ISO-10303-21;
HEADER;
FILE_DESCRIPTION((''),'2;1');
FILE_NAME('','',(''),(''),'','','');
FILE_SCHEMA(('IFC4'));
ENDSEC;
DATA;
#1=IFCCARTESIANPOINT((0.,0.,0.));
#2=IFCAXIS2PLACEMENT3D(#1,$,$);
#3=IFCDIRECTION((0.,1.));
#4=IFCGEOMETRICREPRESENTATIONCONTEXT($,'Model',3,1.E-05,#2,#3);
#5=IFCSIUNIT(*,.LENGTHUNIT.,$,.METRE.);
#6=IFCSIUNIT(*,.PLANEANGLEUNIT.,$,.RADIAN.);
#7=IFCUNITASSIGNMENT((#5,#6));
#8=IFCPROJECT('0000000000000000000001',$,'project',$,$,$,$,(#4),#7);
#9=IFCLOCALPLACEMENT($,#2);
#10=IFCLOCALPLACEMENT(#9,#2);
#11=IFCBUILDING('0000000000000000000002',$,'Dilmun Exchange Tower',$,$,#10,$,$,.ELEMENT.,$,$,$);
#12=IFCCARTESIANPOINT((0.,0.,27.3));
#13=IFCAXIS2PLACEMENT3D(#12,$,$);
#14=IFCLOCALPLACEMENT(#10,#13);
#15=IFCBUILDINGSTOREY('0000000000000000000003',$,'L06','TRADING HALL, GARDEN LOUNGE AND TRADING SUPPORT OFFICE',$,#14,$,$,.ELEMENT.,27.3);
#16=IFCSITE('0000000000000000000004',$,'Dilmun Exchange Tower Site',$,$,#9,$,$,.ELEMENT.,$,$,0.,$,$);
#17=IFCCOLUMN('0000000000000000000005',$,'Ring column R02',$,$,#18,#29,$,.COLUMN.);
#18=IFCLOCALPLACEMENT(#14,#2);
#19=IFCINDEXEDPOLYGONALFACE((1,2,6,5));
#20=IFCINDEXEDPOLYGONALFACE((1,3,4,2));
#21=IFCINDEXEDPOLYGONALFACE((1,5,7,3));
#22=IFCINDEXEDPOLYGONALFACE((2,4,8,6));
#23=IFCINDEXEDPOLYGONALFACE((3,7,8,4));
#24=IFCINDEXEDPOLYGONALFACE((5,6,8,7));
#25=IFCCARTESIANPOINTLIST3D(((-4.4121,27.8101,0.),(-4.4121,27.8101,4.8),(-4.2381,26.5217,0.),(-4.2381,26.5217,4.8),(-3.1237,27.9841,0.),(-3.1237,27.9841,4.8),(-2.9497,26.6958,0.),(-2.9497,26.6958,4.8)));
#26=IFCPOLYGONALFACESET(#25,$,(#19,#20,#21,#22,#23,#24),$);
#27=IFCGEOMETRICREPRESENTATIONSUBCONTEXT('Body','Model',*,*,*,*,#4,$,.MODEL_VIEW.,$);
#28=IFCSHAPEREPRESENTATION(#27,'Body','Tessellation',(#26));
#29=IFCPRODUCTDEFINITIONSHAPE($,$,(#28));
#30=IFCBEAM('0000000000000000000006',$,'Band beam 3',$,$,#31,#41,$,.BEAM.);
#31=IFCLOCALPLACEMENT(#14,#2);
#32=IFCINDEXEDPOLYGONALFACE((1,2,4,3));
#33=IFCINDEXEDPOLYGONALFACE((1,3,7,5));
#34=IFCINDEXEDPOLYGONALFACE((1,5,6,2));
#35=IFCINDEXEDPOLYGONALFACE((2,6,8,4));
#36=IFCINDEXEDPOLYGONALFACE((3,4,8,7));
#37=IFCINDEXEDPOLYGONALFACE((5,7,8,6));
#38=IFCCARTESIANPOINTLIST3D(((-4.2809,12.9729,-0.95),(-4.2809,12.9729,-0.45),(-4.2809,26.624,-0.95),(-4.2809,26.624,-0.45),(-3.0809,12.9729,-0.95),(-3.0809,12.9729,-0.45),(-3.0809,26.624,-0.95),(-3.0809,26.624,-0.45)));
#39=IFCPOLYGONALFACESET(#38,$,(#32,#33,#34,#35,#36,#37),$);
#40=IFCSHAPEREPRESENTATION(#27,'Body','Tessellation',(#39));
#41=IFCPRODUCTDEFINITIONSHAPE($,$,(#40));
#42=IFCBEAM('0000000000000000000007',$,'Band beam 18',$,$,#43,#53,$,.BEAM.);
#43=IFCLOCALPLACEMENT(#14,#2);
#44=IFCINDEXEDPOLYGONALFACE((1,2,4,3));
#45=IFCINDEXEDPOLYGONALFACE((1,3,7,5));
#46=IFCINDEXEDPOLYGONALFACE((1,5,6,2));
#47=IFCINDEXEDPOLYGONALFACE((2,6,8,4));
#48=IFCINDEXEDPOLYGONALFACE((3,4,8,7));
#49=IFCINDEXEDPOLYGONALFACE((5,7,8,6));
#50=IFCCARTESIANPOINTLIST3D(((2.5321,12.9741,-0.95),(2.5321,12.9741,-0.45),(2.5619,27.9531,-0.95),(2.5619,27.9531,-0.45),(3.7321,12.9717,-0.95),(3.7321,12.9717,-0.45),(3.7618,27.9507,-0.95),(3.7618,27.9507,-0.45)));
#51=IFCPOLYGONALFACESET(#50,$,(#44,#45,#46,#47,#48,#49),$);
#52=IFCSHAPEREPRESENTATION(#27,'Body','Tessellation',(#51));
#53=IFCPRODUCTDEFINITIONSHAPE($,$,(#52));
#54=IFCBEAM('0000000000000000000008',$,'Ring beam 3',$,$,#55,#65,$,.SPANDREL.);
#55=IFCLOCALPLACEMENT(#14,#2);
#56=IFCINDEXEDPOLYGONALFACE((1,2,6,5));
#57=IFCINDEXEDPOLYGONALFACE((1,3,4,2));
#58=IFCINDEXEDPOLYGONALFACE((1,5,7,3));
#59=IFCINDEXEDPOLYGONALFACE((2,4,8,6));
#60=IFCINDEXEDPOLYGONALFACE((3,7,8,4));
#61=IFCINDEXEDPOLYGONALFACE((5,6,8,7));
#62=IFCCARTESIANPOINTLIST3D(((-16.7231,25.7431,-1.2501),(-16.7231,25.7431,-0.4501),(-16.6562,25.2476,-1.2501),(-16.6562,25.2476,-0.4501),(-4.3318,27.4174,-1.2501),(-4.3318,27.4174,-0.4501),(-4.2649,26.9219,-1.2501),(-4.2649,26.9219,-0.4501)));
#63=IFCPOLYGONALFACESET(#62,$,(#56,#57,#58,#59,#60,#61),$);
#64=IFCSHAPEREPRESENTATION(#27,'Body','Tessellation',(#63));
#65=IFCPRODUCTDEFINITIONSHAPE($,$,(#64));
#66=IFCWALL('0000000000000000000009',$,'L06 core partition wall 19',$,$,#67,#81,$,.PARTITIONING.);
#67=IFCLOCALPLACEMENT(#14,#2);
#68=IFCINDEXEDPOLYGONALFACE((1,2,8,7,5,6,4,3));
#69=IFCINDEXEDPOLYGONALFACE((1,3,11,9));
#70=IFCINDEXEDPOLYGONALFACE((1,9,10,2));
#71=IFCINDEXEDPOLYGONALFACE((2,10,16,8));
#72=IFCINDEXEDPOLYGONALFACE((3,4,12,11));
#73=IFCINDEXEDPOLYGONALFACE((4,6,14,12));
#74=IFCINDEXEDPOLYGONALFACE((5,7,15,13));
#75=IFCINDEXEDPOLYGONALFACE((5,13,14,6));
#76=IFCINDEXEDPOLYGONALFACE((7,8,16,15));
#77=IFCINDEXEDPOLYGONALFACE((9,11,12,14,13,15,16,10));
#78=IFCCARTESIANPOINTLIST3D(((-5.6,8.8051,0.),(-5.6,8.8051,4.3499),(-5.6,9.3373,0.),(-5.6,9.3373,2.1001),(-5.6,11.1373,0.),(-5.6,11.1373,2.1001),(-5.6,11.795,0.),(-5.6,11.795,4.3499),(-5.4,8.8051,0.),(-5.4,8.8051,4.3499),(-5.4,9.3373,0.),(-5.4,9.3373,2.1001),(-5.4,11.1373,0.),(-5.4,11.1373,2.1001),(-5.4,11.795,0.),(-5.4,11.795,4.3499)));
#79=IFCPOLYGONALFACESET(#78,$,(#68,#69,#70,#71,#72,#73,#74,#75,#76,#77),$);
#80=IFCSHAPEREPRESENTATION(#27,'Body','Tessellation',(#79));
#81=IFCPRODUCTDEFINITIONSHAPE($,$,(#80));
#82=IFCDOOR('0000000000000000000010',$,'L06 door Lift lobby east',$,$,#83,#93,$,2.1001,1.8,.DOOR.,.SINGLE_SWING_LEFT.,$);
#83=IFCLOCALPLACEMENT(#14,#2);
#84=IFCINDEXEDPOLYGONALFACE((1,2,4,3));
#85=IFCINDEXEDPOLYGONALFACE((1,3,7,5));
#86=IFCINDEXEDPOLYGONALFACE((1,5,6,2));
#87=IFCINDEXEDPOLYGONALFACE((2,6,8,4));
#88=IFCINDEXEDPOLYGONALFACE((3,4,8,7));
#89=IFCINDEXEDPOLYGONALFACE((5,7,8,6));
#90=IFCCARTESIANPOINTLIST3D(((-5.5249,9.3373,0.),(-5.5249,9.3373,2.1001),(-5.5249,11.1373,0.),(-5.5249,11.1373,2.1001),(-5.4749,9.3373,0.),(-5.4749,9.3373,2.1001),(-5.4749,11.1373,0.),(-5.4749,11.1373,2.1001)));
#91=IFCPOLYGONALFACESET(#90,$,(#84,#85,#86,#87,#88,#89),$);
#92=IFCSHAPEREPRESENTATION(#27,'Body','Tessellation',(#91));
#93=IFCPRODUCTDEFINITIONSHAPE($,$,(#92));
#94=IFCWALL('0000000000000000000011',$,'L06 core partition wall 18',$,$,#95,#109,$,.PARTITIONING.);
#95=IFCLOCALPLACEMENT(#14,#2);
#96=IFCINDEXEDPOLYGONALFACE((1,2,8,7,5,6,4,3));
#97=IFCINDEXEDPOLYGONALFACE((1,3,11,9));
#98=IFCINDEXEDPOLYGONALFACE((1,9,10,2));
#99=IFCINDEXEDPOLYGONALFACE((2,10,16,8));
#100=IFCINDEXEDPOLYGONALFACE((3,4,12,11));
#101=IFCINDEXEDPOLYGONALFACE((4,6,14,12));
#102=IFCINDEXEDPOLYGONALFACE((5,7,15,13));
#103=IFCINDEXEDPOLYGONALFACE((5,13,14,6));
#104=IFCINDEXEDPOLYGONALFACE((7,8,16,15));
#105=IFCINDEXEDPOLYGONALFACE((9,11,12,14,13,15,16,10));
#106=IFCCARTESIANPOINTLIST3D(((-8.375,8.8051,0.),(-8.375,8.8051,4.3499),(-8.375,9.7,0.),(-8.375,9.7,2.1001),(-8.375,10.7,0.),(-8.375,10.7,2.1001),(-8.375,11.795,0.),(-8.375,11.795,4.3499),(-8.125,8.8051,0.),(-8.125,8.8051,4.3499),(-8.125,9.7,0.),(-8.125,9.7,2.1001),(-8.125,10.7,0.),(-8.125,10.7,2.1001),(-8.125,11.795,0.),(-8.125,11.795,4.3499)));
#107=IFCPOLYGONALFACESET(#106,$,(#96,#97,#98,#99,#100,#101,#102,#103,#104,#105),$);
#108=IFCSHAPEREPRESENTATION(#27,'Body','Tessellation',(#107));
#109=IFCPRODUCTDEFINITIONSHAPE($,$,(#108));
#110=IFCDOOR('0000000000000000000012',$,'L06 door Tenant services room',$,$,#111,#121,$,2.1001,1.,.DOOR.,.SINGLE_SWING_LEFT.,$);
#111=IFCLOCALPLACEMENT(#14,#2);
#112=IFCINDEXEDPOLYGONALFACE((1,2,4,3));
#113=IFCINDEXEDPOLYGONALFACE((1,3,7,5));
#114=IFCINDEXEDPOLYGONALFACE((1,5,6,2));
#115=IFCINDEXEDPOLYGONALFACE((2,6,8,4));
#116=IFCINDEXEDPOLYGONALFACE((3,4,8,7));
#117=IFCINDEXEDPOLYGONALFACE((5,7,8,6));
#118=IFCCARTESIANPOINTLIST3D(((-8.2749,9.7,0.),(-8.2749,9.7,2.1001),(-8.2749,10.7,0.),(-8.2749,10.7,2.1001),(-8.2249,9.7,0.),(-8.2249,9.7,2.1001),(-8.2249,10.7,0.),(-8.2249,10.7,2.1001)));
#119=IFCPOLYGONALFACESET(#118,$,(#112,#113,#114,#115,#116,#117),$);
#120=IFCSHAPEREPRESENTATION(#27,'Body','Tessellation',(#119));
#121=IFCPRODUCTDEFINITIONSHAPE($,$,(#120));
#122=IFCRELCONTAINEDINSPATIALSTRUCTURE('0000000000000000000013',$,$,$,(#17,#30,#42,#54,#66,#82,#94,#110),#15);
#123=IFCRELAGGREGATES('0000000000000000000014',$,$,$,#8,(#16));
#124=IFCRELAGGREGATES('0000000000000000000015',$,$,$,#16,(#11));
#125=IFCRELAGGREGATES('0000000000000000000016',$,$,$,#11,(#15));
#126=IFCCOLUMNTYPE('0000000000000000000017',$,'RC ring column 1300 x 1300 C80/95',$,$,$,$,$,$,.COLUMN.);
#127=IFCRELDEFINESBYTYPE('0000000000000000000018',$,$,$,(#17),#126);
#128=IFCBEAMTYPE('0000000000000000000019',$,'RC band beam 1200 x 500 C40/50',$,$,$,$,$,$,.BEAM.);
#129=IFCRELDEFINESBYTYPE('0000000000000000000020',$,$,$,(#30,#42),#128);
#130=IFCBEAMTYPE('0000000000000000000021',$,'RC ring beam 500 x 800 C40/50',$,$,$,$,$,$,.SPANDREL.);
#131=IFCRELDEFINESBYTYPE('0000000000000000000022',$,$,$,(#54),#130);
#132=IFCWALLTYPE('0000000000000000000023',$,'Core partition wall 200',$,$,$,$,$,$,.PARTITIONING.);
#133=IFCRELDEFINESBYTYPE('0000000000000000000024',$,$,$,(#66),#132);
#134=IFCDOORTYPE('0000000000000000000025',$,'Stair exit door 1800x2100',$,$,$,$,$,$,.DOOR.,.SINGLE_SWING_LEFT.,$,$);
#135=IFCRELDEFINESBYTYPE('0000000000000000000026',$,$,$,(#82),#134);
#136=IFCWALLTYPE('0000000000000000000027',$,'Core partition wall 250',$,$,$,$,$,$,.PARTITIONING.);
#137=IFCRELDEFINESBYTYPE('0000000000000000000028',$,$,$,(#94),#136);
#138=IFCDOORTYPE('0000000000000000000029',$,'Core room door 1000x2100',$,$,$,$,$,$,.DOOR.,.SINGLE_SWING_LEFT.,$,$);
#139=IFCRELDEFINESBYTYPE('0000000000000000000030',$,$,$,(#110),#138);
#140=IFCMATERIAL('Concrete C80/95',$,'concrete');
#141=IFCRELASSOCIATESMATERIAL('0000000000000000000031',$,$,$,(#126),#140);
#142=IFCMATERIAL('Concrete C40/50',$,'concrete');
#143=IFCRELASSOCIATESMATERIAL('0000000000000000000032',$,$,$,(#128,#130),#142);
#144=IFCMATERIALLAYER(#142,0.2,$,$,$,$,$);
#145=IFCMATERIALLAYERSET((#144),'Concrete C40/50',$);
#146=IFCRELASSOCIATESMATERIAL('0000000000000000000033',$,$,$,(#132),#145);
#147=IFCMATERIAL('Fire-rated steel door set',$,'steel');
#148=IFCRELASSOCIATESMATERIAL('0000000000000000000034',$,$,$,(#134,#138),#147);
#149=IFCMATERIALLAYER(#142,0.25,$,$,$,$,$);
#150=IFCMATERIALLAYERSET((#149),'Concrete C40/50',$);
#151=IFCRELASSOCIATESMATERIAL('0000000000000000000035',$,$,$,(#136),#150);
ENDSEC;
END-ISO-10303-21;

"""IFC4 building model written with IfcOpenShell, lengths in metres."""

from ifc_helpers import new_model, si_unit, direction, frame, frame_2d, origin, origin_2d, place, context, subcontext, project, spatial, rectangle, extrude, material, layer, layer_set, material_profile, profile_set, type_object, element, fill, save


model = new_model("IFC4")

# Units and contexts
model_context = context("Model", 3, precision=1e-05, world=origin(), true_north=direction((0.0, 1.0)))
body_context = subcontext(model_context, "Body", "Model", "MODEL_VIEW")
ifc_project = project(units=[si_unit("LENGTHUNIT", "METRE"), si_unit("PLANEANGLEUNIT", "RADIAN")], contexts=[model_context])

# Site, building, storey
site_placement = place(None, origin())
site = spatial("IfcSite", under=ifc_project, at=site_placement, Name="Dilmun Exchange Tower Site", CompositionType="ELEMENT", RefElevation=0.0)
building_placement = place(site_placement, origin())
building = spatial("IfcBuilding", under=site, at=building_placement, Name="Dilmun Exchange Tower", CompositionType="ELEMENT")
storey_placement = place(building_placement, frame((0.0, 0.0, 27.3)))
storey = spatial("IfcBuildingStorey", under=building, at=storey_placement, Name="L06", Description="TRADING HALL, GARDEN LOUNGE AND TRADING SUPPORT OFFICE", CompositionType="ELEMENT", Elevation=27.3)

# Column
ifc_material_1 = material(Name="Concrete C80/95", Category="concrete")
ifc_material_profile_1 = material_profile(ifc_material_1, rectangle(XDim=1.3, YDim=1.3, at=origin_2d()), Name="1300 x 1300")
ifc_profile_set_1 = profile_set([ifc_material_profile_1], Name="Concrete C80/95")
column_type = type_object("IfcColumnType", Name="RC ring column 1300 x 1300 C80/95", PredefinedType="COLUMN", material=ifc_profile_set_1)
column_placement = place(storey_placement, frame((-3.6809, 27.2529, 0.0), z_axis=(0.0, 0.0, 1.0), x_axis=(0.991001, 0.133853, 0.0)))
element("IfcColumn", 1, at=column_placement, inside=storey, type_object=column_type, Name="Ring column R02", PredefinedType="COLUMN", context=body_context, shape_type="SweptSolid", body=[
    extrude(rectangle(XDim=1.3, YDim=1.3, at=origin_2d()), origin(), (0.0, 0.0, 1.0), 4.8),
])

# Beams
ifc_material_2 = material(Name="Concrete C40/50", Category="concrete")
ifc_material_profile_2 = material_profile(ifc_material_2, rectangle(XDim=1.2, YDim=0.5, at=origin_2d()), Name="1200 x 500")
ifc_profile_set_2 = profile_set([ifc_material_profile_2], Name="Concrete C40/50")
beam_type_1 = type_object("IfcBeamType", Name="RC band beam 1200 x 500 C40/50", PredefinedType="BEAM", material=ifc_profile_set_2)
beam_1_placement = place(storey_placement, frame((-3.6809, 26.624, -0.7), z_axis=(0.0, -1.0, 0.0), x_axis=(1.0, 0.0, 0.0)))
element("IfcBeam", 2, at=beam_1_placement, inside=storey, type_object=beam_type_1, Name="Band beam 3", PredefinedType="BEAM", context=body_context, shape_type="SweptSolid", body=[
    extrude(rectangle(XDim=1.2, YDim=0.5, at=origin_2d()), origin(), (0.0, 0.0, 1.0), 13.6511),
])
beam_2_placement = place(storey_placement, frame((3.1619, 27.9519, -0.7), z_axis=(-0.001988, -0.999998, 0.0), x_axis=(0.999998, -0.001988, 0.0)))
element("IfcBeam", 3, at=beam_2_placement, inside=storey, type_object=beam_type_1, Name="Band beam 18", PredefinedType="BEAM", context=body_context, shape_type="SweptSolid", body=[
    extrude(rectangle(XDim=1.2, YDim=0.5, at=origin_2d()), origin(), (0.0, 0.0, 1.0), 14.979),
])
ifc_material_profile_3 = material_profile(ifc_material_2, rectangle(XDim=0.5, YDim=0.8, at=origin_2d()), Name="500 x 800")
ifc_profile_set_3 = profile_set([ifc_material_profile_3], Name="Concrete C40/50")
beam_type_2 = type_object("IfcBeamType", Name="RC ring beam 500 x 800 C40/50", PredefinedType="SPANDREL", material=ifc_profile_set_3)
beam_3_placement = place(storey_placement, frame((-4.2983, 27.1697, -0.8501), z_axis=(-0.990994, -0.133903, 0.0), x_axis=(0.133903, -0.990994, 0.0)))
element("IfcBeam", 4, at=beam_3_placement, inside=storey, type_object=beam_type_2, Name="Ring beam 3", PredefinedType="SPANDREL", context=body_context, shape_type="SweptSolid", body=[
    extrude(rectangle(XDim=0.5, YDim=0.8, at=origin_2d()), origin(), (0.0, 0.0, 1.0), 12.5039),
])

# Walls, openings, doors
ifc_layer_1 = layer(ifc_material_2, 0.2)
ifc_layer_set_1 = layer_set([ifc_layer_1], Name="Concrete C40/50")
wall_type_1 = type_object("IfcWallType", Name="Core partition wall 200", PredefinedType="PARTITIONING", material=ifc_layer_set_1)
wall_1_placement = place(storey_placement, frame((-5.5, 8.8049, 0.0), z_axis=(0.0, 0.0, 1.0), x_axis=(0.0, 1.0, 0.0)))
wall_1 = element("IfcWall", 5, at=wall_1_placement, inside=storey, type_object=wall_type_1, Name="L06 core partition wall 19", PredefinedType="PARTITIONING", context=body_context, shape_type="SweptSolid", body=[
    extrude(rectangle(XDim=2.99, YDim=0.2, at=frame_2d((1.4951, 0.0))), origin(), (0.0, 0.0, 1.0), 4.3499),
])
opening_1_placement = place(wall_1_placement, frame((0.5325, 0.0, 0.0)))
opening_1 = element("IfcOpeningElement", 6, at=opening_1_placement, cuts=wall_1, PredefinedType="OPENING", context=body_context, shape_type="SweptSolid", body=[
    extrude(rectangle(XDim=1.8, YDim=2.1001, at=frame_2d((0.8999, 1.05))), frame((0.0, 0.1099, 0.0), z_axis=(0.0, -1.0, 0.0), x_axis=(1.0, 0.0, 0.0)), (0.0, 0.0, 1.0), 0.22),
])
ifc_material_3 = material(Name="Fire-rated steel door set", Category="steel")
door_type_1 = type_object("IfcDoorType", Name="Stair exit door 1800x2100", OperationType="SINGLE_SWING_LEFT", PredefinedType="DOOR", material=ifc_material_3)
door_1_placement = place(opening_1_placement, origin())
door_1 = element("IfcDoor", 7, at=door_1_placement, inside=storey, type_object=door_type_1, Name="L06 door Lift lobby east", OperationType="SINGLE_SWING_LEFT", OverallHeight=2.1001, OverallWidth=1.8, PredefinedType="DOOR", context=body_context, shape_type="SweptSolid", body=[
    extrude(rectangle(XDim=1.8, YDim=2.1001, at=frame_2d((0.8999, 1.05))), frame((0.0, 0.0249, 0.0), z_axis=(0.0, -1.0, 0.0), x_axis=(1.0, 0.0, 0.0)), (0.0, 0.0, 1.0), 0.05),
])
fill(opening_1, door_1)
ifc_layer_2 = layer(ifc_material_2, 0.25)
ifc_layer_set_2 = layer_set([ifc_layer_2], Name="Concrete C40/50")
wall_type_2 = type_object("IfcWallType", Name="Core partition wall 250", PredefinedType="PARTITIONING", material=ifc_layer_set_2)
wall_2_placement = place(storey_placement, frame((-8.25, 8.8049, 0.0), z_axis=(0.0, 0.0, 1.0), x_axis=(0.0, 1.0, 0.0)))
wall_2 = element("IfcWall", 8, at=wall_2_placement, inside=storey, type_object=wall_type_2, Name="L06 core partition wall 18", PredefinedType="PARTITIONING", context=body_context, shape_type="SweptSolid", body=[
    extrude(rectangle(XDim=2.99, YDim=0.25, at=frame_2d((1.4951, 0.0))), origin(), (0.0, 0.0, 1.0), 4.3499),
])
opening_2_placement = place(wall_2_placement, frame((0.895, 0.0, 0.0)))
opening_2 = element("IfcOpeningElement", 9, at=opening_2_placement, cuts=wall_2, PredefinedType="OPENING", context=body_context, shape_type="SweptSolid", body=[
    extrude(rectangle(XDim=1.0, YDim=2.1001, at=frame_2d((0.5, 1.05))), frame((0.0, 0.135, 0.0), z_axis=(0.0, -1.0, 0.0), x_axis=(1.0, 0.0, 0.0)), (0.0, 0.0, 1.0), 0.27),
])
door_type_2 = type_object("IfcDoorType", Name="Core room door 1000x2100", OperationType="SINGLE_SWING_LEFT", PredefinedType="DOOR", material=ifc_material_3)
door_2_placement = place(opening_2_placement, origin())
door_2 = element("IfcDoor", 10, at=door_2_placement, inside=storey, type_object=door_type_2, Name="L06 door Tenant services room", OperationType="SINGLE_SWING_LEFT", OverallHeight=2.1001, OverallWidth=1.0, PredefinedType="DOOR", context=body_context, shape_type="SweptSolid", body=[
    extrude(rectangle(XDim=1.0, YDim=2.1001, at=frame_2d((0.5, 1.05))), frame((0.0, 0.0249, 0.0), z_axis=(0.0, -1.0, 0.0), x_axis=(1.0, 0.0, 0.0)), (0.0, 0.0, 1.0), 0.05),
])
fill(opening_2, door_2)

save(model, "model.ifc")
